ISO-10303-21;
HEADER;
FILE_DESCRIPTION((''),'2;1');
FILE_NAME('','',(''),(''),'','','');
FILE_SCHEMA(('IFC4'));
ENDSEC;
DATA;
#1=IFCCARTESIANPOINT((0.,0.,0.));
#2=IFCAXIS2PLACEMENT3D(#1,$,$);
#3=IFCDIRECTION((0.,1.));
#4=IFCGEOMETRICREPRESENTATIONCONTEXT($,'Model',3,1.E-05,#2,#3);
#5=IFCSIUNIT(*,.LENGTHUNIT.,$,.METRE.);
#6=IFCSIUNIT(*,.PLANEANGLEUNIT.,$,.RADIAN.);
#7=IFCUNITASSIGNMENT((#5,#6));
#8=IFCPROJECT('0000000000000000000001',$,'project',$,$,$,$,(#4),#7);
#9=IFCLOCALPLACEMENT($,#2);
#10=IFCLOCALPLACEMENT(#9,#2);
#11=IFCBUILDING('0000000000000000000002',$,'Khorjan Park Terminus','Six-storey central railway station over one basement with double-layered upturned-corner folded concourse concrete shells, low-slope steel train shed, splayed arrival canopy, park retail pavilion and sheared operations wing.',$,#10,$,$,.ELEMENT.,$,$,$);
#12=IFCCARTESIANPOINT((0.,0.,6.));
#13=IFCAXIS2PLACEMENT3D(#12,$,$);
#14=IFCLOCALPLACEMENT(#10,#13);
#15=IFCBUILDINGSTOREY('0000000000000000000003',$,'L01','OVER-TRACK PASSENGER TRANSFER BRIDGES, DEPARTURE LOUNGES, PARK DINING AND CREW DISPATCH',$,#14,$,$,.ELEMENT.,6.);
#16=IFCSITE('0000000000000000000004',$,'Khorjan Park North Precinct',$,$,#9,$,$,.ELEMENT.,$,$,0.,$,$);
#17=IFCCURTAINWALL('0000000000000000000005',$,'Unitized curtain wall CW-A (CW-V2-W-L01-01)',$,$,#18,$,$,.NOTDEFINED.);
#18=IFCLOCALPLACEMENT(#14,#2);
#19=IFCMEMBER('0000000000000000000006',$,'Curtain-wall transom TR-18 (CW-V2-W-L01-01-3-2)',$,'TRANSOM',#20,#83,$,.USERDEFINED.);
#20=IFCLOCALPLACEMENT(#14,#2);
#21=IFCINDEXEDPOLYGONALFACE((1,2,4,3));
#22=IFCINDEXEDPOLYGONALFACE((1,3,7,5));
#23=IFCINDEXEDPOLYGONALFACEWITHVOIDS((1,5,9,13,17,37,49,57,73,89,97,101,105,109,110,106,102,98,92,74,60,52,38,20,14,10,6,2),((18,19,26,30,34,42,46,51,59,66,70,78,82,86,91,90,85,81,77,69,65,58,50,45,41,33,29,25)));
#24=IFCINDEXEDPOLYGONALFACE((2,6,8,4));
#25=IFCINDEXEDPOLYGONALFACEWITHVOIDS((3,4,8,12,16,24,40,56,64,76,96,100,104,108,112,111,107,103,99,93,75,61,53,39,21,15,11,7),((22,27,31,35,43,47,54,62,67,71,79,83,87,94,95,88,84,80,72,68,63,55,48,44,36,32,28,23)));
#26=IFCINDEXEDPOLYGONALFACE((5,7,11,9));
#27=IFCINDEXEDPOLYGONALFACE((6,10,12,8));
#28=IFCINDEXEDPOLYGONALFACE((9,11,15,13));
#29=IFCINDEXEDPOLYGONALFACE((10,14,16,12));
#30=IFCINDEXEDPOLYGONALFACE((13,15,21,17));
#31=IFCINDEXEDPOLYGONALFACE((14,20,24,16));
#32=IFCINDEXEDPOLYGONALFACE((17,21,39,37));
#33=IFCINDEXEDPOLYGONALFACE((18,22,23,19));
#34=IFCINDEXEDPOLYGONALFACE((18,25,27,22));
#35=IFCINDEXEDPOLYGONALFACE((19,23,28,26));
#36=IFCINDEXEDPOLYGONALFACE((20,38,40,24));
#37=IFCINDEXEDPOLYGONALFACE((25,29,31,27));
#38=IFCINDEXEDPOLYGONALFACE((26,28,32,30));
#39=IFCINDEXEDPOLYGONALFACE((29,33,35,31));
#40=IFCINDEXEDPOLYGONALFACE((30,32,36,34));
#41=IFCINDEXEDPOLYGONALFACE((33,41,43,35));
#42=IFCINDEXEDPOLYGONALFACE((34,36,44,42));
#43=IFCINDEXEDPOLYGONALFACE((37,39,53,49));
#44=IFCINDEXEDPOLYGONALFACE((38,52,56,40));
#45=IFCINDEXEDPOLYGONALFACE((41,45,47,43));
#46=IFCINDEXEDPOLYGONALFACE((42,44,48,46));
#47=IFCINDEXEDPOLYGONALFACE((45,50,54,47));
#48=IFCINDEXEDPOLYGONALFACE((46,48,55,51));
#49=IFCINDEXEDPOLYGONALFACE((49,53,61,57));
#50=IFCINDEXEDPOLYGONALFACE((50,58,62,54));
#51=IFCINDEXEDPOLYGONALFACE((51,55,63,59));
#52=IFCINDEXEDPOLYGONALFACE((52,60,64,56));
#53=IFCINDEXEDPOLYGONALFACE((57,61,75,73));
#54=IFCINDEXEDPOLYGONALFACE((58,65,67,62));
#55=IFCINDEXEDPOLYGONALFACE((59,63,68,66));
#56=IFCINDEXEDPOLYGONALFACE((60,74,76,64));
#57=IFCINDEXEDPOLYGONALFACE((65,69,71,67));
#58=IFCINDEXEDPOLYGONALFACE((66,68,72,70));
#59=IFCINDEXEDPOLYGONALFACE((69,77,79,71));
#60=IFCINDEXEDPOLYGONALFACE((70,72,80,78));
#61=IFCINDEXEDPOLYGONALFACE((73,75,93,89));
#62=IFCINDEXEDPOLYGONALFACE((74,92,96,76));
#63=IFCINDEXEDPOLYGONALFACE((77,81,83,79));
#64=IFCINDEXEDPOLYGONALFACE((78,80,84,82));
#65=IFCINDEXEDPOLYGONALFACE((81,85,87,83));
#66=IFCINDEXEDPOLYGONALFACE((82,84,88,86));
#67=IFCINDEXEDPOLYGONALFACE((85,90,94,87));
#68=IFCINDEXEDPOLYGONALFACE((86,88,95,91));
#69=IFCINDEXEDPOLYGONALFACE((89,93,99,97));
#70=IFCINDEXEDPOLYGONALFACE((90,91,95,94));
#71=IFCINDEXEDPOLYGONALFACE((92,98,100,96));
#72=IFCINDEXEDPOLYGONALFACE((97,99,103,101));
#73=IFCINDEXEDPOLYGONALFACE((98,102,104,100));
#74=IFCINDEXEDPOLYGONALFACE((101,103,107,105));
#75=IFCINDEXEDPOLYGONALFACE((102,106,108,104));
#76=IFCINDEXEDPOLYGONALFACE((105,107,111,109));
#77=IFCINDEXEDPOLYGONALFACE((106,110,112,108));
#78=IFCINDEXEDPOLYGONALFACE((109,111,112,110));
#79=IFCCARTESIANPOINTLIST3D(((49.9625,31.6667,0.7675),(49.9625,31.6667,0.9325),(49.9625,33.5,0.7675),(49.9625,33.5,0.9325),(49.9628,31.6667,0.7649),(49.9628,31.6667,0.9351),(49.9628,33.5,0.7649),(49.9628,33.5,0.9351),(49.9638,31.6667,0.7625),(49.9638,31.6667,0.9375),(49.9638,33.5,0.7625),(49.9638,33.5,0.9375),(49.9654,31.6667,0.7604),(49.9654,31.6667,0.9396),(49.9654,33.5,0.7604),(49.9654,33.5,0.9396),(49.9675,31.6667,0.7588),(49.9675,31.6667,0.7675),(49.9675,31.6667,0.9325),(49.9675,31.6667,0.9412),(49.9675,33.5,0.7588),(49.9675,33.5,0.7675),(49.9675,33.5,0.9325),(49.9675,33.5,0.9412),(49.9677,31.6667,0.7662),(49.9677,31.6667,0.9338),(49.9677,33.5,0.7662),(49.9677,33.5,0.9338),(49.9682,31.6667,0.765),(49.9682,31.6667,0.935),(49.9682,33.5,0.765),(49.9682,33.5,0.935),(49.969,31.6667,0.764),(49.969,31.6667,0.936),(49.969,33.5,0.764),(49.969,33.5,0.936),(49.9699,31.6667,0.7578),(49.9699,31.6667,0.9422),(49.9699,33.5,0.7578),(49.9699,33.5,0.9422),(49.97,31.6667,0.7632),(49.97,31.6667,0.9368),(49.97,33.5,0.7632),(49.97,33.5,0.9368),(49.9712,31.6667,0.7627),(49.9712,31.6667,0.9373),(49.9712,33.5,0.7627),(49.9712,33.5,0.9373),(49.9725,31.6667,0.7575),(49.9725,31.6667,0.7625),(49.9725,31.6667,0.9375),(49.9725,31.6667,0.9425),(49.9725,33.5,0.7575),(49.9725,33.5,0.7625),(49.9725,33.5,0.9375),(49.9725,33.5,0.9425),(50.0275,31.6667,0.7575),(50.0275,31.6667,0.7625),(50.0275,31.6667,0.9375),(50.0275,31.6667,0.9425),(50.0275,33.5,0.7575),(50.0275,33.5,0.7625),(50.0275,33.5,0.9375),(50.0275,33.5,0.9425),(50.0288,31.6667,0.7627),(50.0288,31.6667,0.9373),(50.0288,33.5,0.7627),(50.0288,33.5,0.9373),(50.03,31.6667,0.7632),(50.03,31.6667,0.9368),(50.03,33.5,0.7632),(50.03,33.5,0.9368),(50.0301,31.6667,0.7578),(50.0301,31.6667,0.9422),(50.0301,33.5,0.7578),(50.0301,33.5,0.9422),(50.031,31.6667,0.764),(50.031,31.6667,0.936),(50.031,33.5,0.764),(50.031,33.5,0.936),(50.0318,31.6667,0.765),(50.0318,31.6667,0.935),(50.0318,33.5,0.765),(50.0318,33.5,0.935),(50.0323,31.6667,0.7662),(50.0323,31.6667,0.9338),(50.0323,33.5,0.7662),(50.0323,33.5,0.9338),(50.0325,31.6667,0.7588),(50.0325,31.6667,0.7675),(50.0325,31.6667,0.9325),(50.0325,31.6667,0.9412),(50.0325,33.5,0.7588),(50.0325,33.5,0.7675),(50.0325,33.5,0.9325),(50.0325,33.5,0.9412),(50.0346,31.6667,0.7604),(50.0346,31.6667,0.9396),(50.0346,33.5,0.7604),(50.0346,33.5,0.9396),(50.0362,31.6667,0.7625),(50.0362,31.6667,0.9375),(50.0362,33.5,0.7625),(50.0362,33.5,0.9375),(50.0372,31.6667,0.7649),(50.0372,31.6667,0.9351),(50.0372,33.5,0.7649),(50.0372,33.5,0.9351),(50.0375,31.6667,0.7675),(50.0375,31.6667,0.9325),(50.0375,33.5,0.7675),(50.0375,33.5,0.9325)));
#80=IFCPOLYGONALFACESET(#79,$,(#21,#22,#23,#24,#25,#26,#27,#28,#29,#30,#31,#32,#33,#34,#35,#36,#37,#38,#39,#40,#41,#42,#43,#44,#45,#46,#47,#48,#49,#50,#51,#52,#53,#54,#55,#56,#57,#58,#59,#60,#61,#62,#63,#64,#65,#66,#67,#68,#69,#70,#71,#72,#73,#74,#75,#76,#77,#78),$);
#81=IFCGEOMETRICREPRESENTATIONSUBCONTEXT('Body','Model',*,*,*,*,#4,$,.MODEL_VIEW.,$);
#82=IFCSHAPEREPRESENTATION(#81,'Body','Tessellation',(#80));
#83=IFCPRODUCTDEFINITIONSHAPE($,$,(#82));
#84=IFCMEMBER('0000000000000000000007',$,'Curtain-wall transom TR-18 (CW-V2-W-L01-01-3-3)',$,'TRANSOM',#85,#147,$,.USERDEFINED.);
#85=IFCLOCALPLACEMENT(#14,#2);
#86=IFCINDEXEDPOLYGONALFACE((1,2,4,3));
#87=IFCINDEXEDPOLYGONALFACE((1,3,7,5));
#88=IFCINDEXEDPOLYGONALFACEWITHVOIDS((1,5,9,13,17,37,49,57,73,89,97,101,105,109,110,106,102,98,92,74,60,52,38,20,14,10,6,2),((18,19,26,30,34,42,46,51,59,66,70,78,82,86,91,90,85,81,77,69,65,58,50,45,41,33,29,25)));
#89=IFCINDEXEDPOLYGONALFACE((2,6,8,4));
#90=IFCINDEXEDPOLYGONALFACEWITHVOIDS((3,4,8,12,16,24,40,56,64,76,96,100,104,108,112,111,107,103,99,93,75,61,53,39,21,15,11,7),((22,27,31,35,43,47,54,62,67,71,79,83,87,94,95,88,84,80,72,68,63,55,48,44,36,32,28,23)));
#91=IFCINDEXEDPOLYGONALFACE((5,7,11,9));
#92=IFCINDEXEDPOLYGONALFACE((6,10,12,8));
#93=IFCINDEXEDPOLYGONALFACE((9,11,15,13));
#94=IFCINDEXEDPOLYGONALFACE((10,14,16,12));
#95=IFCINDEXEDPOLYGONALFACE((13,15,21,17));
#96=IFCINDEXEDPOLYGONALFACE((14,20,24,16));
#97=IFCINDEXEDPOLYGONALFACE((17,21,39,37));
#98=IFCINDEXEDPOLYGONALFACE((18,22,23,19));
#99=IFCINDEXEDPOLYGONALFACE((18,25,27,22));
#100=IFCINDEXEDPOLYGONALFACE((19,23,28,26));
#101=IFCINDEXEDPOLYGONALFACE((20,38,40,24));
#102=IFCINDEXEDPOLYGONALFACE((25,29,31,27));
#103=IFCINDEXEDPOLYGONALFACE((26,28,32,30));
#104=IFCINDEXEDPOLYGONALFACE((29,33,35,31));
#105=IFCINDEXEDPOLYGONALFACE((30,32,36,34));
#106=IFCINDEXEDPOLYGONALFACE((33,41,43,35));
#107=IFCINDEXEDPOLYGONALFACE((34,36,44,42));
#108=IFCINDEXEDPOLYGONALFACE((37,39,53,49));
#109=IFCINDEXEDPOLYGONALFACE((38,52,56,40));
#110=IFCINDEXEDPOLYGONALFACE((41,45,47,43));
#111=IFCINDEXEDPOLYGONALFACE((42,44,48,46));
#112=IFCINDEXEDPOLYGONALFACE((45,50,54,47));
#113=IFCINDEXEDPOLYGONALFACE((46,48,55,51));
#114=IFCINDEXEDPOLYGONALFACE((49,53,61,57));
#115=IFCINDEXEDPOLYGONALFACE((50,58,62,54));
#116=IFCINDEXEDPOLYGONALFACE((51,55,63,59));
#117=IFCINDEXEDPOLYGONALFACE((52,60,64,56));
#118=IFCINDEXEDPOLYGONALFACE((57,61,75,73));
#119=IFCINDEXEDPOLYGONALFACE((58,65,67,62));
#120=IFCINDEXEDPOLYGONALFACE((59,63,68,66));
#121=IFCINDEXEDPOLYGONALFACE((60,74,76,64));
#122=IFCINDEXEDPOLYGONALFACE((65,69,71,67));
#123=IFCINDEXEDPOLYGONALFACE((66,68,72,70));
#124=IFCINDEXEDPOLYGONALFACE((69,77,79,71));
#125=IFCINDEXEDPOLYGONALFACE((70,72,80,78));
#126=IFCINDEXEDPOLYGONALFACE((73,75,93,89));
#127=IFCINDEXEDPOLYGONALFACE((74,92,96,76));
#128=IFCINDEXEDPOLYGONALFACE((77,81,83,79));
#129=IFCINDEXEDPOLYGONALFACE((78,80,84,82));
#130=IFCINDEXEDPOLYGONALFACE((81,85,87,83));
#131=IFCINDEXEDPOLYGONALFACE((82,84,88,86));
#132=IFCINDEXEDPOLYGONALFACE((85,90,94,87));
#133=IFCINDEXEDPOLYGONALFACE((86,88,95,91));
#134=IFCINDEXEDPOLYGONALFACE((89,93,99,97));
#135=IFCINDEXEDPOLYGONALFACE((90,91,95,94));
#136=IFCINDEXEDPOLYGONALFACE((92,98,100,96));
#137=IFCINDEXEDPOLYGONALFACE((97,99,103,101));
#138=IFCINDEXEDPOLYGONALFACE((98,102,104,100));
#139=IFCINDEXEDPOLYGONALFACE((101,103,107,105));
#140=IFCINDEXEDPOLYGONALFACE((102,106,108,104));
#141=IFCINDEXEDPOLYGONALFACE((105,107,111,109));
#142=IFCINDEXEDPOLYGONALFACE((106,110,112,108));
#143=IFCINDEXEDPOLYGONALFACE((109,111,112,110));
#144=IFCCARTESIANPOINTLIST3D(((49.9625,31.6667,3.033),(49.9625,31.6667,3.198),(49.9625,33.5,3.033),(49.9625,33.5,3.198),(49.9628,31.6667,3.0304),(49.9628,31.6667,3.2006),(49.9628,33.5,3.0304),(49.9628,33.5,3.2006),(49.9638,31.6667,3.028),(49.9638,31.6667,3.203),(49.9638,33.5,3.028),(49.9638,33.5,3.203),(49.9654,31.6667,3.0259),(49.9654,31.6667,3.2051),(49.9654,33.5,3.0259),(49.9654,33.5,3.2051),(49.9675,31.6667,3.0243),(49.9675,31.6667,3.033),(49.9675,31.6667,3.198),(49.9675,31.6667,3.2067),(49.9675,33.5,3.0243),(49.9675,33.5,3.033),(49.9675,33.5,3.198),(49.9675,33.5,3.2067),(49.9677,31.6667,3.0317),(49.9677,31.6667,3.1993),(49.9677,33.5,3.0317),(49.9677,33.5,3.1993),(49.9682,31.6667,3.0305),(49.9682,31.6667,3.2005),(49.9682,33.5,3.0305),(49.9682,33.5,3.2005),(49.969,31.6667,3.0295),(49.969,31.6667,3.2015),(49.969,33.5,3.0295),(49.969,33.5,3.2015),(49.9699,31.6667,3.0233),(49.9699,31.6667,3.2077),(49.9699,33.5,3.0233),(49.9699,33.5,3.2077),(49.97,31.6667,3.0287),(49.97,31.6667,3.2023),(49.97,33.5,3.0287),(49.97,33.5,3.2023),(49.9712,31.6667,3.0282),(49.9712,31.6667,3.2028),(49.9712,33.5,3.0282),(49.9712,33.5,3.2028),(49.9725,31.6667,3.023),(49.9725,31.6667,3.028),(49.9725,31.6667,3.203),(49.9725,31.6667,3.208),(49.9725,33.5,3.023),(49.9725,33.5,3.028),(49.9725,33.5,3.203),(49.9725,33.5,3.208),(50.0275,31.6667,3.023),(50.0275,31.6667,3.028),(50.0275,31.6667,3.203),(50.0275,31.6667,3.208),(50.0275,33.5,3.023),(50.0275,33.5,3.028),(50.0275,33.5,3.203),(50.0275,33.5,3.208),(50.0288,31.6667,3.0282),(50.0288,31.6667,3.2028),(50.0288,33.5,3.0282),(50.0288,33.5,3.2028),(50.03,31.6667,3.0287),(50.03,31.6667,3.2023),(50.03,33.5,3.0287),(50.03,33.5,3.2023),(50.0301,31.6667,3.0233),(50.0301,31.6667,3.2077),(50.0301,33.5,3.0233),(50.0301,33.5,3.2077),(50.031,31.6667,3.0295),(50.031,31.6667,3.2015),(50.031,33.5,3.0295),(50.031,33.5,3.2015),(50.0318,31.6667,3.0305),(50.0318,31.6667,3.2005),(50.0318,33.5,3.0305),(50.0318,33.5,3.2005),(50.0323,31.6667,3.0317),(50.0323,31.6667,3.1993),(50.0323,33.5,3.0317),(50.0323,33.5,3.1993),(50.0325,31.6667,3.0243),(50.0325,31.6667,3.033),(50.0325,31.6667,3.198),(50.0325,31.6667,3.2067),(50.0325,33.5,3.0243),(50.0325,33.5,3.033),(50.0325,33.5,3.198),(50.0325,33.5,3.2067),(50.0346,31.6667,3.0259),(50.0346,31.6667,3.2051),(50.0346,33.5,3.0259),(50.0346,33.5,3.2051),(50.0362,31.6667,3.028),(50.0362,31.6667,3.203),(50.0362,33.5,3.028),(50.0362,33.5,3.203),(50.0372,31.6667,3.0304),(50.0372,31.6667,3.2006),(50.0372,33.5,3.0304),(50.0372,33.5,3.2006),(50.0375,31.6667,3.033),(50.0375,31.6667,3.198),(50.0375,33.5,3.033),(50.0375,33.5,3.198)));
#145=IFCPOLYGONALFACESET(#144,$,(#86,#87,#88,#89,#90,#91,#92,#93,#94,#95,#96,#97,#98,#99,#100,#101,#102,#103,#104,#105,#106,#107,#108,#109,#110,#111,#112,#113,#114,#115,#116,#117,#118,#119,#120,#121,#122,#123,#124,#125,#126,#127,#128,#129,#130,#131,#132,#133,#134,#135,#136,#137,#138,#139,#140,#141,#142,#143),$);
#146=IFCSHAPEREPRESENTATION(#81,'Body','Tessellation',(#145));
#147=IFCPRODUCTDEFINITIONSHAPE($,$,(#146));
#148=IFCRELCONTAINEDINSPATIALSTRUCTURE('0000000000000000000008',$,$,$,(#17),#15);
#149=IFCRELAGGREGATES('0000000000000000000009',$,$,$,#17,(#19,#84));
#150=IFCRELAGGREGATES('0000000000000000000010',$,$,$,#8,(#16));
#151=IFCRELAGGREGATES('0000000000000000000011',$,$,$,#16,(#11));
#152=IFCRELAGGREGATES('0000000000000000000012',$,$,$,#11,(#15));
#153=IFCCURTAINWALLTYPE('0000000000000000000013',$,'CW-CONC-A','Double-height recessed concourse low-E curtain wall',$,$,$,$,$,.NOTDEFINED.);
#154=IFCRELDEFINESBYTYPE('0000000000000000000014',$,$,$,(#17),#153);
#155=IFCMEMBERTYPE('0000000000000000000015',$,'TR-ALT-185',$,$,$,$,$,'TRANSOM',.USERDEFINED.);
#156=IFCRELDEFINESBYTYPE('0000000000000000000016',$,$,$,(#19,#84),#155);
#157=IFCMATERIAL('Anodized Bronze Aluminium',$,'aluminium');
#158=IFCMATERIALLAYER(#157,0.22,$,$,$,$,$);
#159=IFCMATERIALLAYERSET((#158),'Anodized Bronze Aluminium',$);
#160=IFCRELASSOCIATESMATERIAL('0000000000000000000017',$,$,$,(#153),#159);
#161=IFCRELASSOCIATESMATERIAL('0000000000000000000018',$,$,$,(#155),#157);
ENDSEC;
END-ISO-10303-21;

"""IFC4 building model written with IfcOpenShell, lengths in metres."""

from ifc_helpers import new_model, si_unit, direction, frame, origin, origin_2d, place, context, subcontext, project, spatial, hollow_rectangle, extrude, material, layer, layer_set, material_profile, profile_set, type_object, element, aggregate, save


model = new_model("IFC4")

# Units and contexts
model_context = context("Model", 3, precision=1e-05, world=origin(), true_north=direction((0.0, 1.0)))
body_context = subcontext(model_context, "Body", "Model", "MODEL_VIEW")
ifc_project = project(units=[si_unit("LENGTHUNIT", "METRE"), si_unit("PLANEANGLEUNIT", "RADIAN")], contexts=[model_context])

# Site, building, storey
site_placement = place(None, origin())
site = spatial("IfcSite", under=ifc_project, at=site_placement, Name="Khorjan Park North Precinct", CompositionType="ELEMENT", RefElevation=0.0)
building_placement = place(site_placement, origin())
building = spatial("IfcBuilding", under=site, at=building_placement, Name="Khorjan Park Terminus", Description="Six-storey central railway station over one basement with double-layered upturned-corner folded concourse concrete shells, low-slope steel train shed, splayed arrival canopy, park retail pavilion and sheared operations wing.", CompositionType="ELEMENT")
storey_placement = place(building_placement, frame((0.0, 0.0, 6.0)))
storey = spatial("IfcBuildingStorey", under=building, at=storey_placement, Name="L01", Description="OVER-TRACK PASSENGER TRANSFER BRIDGES, DEPARTURE LOUNGES, PARK DINING AND CREW DISPATCH", CompositionType="ELEMENT", Elevation=6.0)

# Curtain wall
ifc_material_1 = material(Name="Anodized Bronze Aluminium", Category="aluminium")
ifc_layer_1 = layer(ifc_material_1, 0.22)
ifc_layer_set_1 = layer_set([ifc_layer_1], Name="Anodized Bronze Aluminium")
curtain_wall_type = type_object("IfcCurtainWallType", Name="CW-CONC-A", Description="Double-height recessed concourse low-E curtain wall", PredefinedType="NOTDEFINED", material=ifc_layer_set_1)
curtain_wall_placement = place(storey_placement, origin())
curtain_wall = element("IfcCurtainWall", 1, at=curtain_wall_placement, inside=storey, type_object=curtain_wall_type, Name="Unitized curtain wall CW-A (CW-V2-W-L01-01)", PredefinedType="NOTDEFINED")

# Members
ifc_material_profile_1 = material_profile(ifc_material_1, hollow_rectangle(XDim=0.075, YDim=0.185, WallThickness=0.005, InnerFilletRadius=0.005, OuterFilletRadius=0.01, at=origin_2d()), Name="ALT 75x185x5")
ifc_profile_set_1 = profile_set([ifc_material_profile_1], Name="Anodized Bronze Aluminium")
member_type_1 = type_object("IfcMemberType", Name="TR-ALT-185", ElementType="TRANSOM", PredefinedType="USERDEFINED", material=ifc_profile_set_1)
member_1_placement = place(storey_placement, frame((50.0, 33.5, 0.85), z_axis=(0.0, -1.0, 0.0), x_axis=(1.0, 0.0, 0.0)))
member_1 = element("IfcMember", 2, at=member_1_placement, type_object=member_type_1, Name="Curtain-wall transom TR-18 (CW-V2-W-L01-01-3-2)", ObjectType="TRANSOM", PredefinedType="USERDEFINED", context=body_context, shape_type="SweptSolid", body=[
    extrude(hollow_rectangle(XDim=0.075, YDim=0.185, WallThickness=0.005, InnerFilletRadius=0.005, OuterFilletRadius=0.01, at=origin_2d()), origin(), (0.0, 0.0, 1.0), 1.8333),
])
member_2_placement = place(storey_placement, frame((50.0, 33.5, 3.1155), z_axis=(0.0, -1.0, 0.0), x_axis=(1.0, 0.0, 0.0)))
member_2 = element("IfcMember", 3, at=member_2_placement, type_object=member_type_1, Name="Curtain-wall transom TR-18 (CW-V2-W-L01-01-3-3)", ObjectType="TRANSOM", PredefinedType="USERDEFINED", context=body_context, shape_type="SweptSolid", body=[
    extrude(hollow_rectangle(XDim=0.075, YDim=0.185, WallThickness=0.005, InnerFilletRadius=0.005, OuterFilletRadius=0.01, at=origin_2d()), origin(), (0.0, 0.0, 1.0), 1.8333),
])

aggregate(curtain_wall, [member_1, member_2])

save(model, "model.ifc")
